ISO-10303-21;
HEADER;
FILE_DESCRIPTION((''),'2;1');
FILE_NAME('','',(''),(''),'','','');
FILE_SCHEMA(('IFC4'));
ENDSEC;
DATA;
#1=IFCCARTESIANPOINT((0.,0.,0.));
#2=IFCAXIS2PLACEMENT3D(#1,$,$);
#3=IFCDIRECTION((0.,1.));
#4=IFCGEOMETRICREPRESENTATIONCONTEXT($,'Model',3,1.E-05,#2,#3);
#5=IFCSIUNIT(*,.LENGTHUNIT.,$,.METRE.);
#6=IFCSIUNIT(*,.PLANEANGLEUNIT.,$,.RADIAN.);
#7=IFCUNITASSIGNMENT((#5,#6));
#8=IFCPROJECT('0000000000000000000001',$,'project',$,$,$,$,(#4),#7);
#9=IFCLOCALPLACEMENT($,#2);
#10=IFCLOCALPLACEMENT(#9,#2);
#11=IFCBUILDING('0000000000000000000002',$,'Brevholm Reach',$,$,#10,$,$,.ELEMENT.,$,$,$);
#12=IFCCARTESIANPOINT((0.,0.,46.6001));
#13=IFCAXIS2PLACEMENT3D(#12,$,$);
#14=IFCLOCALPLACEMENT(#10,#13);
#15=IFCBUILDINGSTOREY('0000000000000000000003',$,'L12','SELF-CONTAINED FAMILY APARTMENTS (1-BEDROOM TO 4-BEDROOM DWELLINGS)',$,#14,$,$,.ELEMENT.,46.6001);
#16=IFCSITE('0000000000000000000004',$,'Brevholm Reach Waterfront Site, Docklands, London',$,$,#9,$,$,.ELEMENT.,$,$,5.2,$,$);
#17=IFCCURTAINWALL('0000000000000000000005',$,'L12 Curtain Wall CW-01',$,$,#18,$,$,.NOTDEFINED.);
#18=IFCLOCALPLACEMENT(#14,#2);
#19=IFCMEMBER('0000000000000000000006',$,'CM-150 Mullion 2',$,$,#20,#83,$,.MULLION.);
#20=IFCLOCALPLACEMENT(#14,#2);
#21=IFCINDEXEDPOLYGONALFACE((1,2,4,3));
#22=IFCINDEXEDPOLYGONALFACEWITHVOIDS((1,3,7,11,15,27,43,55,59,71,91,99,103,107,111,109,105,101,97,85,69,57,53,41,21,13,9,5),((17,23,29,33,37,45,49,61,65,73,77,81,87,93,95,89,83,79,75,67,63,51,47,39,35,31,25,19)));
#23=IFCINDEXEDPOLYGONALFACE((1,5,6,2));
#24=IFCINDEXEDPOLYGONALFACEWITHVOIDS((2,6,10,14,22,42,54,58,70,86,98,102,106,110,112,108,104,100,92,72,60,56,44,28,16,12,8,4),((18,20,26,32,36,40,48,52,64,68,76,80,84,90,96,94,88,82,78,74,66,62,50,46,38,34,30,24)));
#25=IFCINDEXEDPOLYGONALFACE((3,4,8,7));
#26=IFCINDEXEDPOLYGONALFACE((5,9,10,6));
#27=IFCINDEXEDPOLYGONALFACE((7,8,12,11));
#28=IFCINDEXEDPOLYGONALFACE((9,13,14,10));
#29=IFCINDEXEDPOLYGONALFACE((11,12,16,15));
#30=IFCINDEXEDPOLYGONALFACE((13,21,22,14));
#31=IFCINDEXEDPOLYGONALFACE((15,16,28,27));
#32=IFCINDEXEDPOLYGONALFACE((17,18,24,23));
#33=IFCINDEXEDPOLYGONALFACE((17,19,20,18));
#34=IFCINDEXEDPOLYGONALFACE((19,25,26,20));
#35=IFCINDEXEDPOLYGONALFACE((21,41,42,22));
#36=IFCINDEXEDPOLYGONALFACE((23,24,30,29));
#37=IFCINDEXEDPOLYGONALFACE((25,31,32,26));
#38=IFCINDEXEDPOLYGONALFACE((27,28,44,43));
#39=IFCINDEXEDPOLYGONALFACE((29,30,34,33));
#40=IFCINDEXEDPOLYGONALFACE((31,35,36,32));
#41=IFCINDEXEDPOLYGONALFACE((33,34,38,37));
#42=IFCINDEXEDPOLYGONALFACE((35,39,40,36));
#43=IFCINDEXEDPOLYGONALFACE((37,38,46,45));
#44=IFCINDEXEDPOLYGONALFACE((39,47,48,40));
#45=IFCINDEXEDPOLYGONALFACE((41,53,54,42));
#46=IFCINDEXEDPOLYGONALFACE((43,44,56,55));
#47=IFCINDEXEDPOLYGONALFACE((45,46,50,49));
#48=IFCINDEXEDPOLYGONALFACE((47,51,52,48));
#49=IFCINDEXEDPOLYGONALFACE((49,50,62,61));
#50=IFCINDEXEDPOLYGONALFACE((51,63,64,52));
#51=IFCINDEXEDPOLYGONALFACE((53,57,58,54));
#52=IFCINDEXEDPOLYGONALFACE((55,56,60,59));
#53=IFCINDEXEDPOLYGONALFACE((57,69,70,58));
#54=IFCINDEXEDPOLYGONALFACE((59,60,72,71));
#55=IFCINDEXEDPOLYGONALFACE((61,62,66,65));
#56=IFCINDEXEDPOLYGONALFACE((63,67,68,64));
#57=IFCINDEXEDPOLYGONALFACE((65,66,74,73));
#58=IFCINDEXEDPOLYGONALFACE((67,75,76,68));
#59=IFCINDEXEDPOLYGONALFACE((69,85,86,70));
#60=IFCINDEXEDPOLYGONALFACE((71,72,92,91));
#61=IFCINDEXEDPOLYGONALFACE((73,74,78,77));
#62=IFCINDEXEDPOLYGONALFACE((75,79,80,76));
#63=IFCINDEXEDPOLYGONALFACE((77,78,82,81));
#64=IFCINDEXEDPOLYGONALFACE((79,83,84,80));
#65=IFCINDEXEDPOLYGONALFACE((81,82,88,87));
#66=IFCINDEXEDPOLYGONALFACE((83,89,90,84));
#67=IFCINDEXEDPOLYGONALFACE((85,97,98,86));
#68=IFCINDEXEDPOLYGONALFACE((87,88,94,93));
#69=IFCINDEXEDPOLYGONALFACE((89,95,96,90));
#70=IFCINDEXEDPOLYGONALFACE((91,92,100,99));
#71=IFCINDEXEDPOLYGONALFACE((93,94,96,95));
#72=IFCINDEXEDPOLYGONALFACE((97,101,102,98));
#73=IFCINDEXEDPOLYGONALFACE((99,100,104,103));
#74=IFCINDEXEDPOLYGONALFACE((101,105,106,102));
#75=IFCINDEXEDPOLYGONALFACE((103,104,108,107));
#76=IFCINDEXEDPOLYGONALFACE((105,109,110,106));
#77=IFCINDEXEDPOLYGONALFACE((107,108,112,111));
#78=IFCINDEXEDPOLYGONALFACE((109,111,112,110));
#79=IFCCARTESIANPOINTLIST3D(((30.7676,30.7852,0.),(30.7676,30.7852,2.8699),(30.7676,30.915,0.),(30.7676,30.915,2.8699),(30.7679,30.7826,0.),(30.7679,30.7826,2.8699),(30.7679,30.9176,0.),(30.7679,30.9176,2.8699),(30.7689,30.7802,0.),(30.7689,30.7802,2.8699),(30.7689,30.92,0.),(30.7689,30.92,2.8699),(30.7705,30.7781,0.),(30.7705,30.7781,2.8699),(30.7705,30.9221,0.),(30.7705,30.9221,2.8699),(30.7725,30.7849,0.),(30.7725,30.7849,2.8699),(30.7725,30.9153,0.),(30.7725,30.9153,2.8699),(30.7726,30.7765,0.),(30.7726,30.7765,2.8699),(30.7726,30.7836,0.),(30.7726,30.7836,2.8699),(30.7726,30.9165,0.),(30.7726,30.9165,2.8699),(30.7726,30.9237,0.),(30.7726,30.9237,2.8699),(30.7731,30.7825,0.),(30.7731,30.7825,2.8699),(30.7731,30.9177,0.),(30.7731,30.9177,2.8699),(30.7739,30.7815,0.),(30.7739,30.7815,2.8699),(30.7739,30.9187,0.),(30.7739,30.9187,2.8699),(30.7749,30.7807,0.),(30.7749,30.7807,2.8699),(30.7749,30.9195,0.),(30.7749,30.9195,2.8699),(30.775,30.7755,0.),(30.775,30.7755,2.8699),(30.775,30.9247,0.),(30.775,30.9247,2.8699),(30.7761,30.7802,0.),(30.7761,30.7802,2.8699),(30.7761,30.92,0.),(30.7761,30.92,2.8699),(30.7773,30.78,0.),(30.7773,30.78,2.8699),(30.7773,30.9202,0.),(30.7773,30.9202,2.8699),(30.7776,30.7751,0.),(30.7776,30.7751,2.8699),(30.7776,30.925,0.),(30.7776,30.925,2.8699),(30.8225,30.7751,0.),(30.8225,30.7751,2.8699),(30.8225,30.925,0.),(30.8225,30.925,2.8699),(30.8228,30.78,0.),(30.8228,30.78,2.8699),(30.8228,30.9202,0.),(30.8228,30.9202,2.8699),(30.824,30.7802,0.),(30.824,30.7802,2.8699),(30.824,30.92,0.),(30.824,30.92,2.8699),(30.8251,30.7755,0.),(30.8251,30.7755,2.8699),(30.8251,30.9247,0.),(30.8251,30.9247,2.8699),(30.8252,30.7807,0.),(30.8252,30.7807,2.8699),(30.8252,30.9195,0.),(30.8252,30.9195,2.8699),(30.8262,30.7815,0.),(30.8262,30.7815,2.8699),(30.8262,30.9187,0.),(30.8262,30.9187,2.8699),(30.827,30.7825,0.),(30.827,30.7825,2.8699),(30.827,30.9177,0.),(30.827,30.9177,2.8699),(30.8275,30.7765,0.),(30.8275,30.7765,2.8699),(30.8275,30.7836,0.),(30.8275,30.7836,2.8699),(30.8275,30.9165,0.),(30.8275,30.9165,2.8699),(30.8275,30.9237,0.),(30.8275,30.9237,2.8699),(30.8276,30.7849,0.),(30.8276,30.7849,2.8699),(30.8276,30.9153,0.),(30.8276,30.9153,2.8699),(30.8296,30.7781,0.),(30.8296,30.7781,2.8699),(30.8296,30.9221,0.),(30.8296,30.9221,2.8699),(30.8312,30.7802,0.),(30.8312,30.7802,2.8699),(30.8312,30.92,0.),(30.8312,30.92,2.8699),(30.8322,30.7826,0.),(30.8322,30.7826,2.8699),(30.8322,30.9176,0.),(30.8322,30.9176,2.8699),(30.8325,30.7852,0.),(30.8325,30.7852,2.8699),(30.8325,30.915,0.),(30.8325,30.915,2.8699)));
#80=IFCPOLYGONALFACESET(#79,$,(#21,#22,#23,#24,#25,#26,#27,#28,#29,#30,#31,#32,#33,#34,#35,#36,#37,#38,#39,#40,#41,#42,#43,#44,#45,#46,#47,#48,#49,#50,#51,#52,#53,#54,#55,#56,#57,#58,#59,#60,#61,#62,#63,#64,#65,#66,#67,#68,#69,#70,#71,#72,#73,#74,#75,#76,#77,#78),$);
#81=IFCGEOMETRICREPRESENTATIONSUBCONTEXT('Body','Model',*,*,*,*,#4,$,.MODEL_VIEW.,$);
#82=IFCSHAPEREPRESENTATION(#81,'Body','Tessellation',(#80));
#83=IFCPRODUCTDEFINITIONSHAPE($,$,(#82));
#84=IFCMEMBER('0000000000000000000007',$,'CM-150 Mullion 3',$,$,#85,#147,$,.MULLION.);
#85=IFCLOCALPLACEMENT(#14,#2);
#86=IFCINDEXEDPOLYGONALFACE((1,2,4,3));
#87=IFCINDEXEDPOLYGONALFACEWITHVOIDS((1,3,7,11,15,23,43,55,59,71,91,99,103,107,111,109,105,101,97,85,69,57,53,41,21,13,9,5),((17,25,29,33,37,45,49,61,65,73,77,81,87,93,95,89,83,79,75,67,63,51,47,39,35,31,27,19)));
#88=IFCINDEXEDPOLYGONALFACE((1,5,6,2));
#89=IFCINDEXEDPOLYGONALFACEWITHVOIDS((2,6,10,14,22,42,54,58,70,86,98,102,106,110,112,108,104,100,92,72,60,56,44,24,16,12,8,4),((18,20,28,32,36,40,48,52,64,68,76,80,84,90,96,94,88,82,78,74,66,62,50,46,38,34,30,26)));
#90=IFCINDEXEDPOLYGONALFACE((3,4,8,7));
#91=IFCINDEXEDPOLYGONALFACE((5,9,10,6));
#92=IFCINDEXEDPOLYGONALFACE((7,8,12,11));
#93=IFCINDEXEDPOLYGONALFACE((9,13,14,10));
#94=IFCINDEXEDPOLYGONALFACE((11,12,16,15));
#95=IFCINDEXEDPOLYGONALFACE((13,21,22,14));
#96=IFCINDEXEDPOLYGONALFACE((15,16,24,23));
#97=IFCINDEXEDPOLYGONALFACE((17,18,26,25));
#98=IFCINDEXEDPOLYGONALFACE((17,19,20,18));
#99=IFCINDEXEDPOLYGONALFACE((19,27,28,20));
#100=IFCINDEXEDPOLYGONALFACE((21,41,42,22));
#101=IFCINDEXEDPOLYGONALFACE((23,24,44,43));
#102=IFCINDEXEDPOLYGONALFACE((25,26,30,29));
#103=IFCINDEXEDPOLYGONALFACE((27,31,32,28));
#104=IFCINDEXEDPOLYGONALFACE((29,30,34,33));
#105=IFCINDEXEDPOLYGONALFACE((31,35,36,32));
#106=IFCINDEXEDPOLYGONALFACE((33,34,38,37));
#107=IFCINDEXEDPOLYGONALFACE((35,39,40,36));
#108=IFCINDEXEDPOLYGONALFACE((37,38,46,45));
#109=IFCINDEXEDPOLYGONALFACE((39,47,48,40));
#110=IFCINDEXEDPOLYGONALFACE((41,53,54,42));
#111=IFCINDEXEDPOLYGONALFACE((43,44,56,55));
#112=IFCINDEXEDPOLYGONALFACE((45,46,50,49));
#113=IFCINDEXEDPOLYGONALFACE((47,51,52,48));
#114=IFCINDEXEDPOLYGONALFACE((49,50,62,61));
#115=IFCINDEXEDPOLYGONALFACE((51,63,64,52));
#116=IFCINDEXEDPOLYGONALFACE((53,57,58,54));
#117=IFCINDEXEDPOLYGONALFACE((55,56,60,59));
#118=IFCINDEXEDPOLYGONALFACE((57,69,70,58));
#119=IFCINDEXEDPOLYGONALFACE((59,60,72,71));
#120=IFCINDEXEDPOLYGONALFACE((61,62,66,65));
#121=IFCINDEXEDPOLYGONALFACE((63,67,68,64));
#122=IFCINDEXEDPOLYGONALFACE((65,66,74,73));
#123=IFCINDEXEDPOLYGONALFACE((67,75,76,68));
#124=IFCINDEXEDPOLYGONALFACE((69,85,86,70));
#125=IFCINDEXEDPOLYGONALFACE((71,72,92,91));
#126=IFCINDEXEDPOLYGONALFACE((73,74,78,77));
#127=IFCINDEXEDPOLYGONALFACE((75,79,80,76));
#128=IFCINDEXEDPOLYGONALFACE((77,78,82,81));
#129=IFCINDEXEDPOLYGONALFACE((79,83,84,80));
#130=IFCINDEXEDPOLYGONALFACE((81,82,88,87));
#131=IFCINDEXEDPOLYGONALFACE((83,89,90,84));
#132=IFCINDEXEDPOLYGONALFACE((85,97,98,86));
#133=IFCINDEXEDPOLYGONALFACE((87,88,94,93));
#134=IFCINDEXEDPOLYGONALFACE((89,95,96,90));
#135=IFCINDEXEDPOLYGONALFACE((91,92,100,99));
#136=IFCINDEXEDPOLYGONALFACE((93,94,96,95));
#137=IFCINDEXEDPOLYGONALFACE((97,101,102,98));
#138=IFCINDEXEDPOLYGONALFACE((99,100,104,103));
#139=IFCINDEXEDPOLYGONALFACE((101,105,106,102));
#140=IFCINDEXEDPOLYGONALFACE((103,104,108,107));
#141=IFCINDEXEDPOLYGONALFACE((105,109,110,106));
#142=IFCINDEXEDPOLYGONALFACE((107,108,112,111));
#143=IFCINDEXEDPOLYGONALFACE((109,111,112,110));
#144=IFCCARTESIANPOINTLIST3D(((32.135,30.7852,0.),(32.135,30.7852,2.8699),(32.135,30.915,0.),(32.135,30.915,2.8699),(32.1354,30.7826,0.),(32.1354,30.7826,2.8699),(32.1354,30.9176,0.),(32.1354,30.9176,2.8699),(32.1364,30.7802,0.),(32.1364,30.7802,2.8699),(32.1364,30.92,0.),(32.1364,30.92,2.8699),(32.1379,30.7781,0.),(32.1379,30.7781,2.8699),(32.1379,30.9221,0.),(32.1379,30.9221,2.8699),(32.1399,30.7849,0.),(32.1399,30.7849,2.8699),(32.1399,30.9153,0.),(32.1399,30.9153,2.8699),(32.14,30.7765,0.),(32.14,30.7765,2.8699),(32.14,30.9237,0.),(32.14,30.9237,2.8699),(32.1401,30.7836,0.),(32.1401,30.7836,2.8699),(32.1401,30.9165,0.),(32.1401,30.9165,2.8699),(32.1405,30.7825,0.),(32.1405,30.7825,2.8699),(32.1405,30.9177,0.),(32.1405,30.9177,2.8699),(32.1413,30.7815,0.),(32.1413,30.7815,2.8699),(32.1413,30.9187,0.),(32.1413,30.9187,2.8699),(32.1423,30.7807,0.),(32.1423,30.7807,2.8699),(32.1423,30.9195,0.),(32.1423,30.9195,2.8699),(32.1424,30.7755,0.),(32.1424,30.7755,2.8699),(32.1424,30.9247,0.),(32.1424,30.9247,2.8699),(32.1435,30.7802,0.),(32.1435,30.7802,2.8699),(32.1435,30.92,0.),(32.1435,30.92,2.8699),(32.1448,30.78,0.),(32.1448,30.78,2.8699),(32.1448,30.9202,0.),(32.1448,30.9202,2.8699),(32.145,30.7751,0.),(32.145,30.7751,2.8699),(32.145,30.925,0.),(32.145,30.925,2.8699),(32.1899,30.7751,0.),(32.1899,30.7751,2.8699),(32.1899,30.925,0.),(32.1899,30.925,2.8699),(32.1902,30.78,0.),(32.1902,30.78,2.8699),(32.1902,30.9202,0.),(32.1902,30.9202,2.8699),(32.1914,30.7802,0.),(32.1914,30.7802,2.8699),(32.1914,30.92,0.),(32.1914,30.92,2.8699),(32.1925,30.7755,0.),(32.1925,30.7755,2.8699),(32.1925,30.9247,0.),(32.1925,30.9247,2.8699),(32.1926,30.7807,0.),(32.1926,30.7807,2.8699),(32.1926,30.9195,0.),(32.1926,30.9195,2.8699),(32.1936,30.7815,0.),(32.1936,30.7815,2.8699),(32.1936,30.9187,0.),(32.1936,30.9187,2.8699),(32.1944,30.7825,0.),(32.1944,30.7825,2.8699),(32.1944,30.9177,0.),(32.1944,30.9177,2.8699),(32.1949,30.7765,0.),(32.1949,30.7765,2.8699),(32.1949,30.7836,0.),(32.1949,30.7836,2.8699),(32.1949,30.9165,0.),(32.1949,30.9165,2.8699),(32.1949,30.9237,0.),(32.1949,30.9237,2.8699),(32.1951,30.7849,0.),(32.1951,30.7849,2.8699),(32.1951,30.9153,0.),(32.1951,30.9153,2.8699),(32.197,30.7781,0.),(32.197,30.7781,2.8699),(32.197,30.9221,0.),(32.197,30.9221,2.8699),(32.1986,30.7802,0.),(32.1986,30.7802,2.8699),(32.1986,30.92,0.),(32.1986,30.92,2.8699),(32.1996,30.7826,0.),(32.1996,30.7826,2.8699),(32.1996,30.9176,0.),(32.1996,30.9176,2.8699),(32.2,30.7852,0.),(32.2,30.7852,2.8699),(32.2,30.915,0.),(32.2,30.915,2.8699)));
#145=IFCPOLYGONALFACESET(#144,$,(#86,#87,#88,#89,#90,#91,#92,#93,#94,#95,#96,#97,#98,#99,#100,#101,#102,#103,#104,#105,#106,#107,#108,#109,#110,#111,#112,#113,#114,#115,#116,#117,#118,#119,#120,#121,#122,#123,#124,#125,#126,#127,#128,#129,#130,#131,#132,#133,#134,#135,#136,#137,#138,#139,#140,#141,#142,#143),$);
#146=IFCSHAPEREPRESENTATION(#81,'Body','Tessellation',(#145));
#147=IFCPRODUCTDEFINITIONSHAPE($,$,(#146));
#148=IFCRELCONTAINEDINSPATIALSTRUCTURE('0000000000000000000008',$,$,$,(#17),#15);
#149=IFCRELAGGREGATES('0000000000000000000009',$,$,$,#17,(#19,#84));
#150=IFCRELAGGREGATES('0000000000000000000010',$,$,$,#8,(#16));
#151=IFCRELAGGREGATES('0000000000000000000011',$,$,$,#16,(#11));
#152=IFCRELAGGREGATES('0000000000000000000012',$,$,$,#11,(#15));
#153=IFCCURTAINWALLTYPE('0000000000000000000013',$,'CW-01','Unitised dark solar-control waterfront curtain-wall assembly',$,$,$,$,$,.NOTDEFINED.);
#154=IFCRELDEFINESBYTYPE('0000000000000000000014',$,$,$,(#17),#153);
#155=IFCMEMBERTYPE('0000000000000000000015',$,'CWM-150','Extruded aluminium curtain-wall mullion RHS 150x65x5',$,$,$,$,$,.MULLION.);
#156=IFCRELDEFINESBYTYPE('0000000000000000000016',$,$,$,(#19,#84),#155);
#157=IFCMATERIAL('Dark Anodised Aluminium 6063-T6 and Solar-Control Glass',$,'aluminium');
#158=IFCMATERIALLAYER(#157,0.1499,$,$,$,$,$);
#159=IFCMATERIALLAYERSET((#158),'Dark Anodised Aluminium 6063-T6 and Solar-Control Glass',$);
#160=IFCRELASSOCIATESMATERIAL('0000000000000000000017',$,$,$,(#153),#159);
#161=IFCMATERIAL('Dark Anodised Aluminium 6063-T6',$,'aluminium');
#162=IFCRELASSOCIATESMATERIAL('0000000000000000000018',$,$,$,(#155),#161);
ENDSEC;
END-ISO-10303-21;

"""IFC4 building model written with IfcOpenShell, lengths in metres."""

from ifc_helpers import new_model, si_unit, direction, frame, origin, origin_2d, place, context, subcontext, project, spatial, hollow_rectangle, extrude, material, layer, layer_set, material_profile, profile_set, type_object, element, aggregate, save


model = new_model("IFC4")

# Units and contexts
model_context = context("Model", 3, precision=1e-05, world=origin(), true_north=direction((0.0, 1.0)))
body_context = subcontext(model_context, "Body", "Model", "MODEL_VIEW")
ifc_project = project(units=[si_unit("LENGTHUNIT", "METRE"), si_unit("PLANEANGLEUNIT", "RADIAN")], contexts=[model_context])

# Site, building, storey
site_placement = place(None, origin())
site = spatial("IfcSite", under=ifc_project, at=site_placement, Name="Brevholm Reach Waterfront Site, Docklands, London", CompositionType="ELEMENT", RefElevation=5.2)
building_placement = place(site_placement, origin())
building = spatial("IfcBuilding", under=site, at=building_placement, Name="Brevholm Reach", CompositionType="ELEMENT")
storey_placement = place(building_placement, frame((0.0, 0.0, 46.6001)))
storey = spatial("IfcBuildingStorey", under=building, at=storey_placement, Name="L12", Description="SELF-CONTAINED FAMILY APARTMENTS (1-BEDROOM TO 4-BEDROOM DWELLINGS)", CompositionType="ELEMENT", Elevation=46.6001)

# Curtain wall, members
ifc_material_1 = material(Name="Dark Anodised Aluminium 6063-T6 and Solar-Control Glass", Category="aluminium")
ifc_layer_1 = layer(ifc_material_1, 0.1499)
ifc_layer_set_1 = layer_set([ifc_layer_1], Name="Dark Anodised Aluminium 6063-T6 and Solar-Control Glass")
curtain_wall_type_1 = type_object("IfcCurtainWallType", Name="CW-01", Description="Unitised dark solar-control waterfront curtain-wall assembly", PredefinedType="NOTDEFINED", material=ifc_layer_set_1)
curtain_wall_1_placement = place(storey_placement, origin())
curtain_wall_1 = element("IfcCurtainWall", 1, at=curtain_wall_1_placement, inside=storey, type_object=curtain_wall_type_1, Name="L12 Curtain Wall CW-01", PredefinedType="NOTDEFINED")
ifc_material_2 = material(Name="Dark Anodised Aluminium 6063-T6", Category="aluminium")
ifc_material_profile_1 = material_profile(ifc_material_2, hollow_rectangle(XDim=0.0649, YDim=0.1499, WallThickness=0.0049, InnerFilletRadius=0.0049, OuterFilletRadius=0.01, at=origin_2d()), Name="RHS 150x65x5")
ifc_profile_set_1 = profile_set([ifc_material_profile_1], Name="Dark Anodised Aluminium 6063-T6")
member_type_1 = type_object("IfcMemberType", Name="CWM-150", Description="Extruded aluminium curtain-wall mullion RHS 150x65x5", PredefinedType="MULLION", material=ifc_profile_set_1)
member_1_placement = place(storey_placement, frame((30.8, 30.8501, 0.0), z_axis=(0.0, 0.0, 1.0), x_axis=(1.0, 0.0, 0.0)))
member_1 = element("IfcMember", 2, at=member_1_placement, type_object=member_type_1, Name="CM-150 Mullion 2", PredefinedType="MULLION", context=body_context, shape_type="SweptSolid", body=[
    extrude(hollow_rectangle(XDim=0.0649, YDim=0.1499, WallThickness=0.0049, InnerFilletRadius=0.0049, OuterFilletRadius=0.01, at=origin_2d()), origin(), (0.0, 0.0, 1.0), 2.8699),
])
member_2_placement = place(storey_placement, frame((32.1675, 30.8501, 0.0), z_axis=(0.0, 0.0, 1.0), x_axis=(1.0, 0.0, 0.0)))
member_2 = element("IfcMember", 3, at=member_2_placement, type_object=member_type_1, Name="CM-150 Mullion 3", PredefinedType="MULLION", context=body_context, shape_type="SweptSolid", body=[
    extrude(hollow_rectangle(XDim=0.0649, YDim=0.1499, WallThickness=0.0049, InnerFilletRadius=0.0049, OuterFilletRadius=0.01, at=origin_2d()), origin(), (0.0, 0.0, 1.0), 2.8699),
])

aggregate(curtain_wall_1, [member_1, member_2])

save(model, "model.ifc")
